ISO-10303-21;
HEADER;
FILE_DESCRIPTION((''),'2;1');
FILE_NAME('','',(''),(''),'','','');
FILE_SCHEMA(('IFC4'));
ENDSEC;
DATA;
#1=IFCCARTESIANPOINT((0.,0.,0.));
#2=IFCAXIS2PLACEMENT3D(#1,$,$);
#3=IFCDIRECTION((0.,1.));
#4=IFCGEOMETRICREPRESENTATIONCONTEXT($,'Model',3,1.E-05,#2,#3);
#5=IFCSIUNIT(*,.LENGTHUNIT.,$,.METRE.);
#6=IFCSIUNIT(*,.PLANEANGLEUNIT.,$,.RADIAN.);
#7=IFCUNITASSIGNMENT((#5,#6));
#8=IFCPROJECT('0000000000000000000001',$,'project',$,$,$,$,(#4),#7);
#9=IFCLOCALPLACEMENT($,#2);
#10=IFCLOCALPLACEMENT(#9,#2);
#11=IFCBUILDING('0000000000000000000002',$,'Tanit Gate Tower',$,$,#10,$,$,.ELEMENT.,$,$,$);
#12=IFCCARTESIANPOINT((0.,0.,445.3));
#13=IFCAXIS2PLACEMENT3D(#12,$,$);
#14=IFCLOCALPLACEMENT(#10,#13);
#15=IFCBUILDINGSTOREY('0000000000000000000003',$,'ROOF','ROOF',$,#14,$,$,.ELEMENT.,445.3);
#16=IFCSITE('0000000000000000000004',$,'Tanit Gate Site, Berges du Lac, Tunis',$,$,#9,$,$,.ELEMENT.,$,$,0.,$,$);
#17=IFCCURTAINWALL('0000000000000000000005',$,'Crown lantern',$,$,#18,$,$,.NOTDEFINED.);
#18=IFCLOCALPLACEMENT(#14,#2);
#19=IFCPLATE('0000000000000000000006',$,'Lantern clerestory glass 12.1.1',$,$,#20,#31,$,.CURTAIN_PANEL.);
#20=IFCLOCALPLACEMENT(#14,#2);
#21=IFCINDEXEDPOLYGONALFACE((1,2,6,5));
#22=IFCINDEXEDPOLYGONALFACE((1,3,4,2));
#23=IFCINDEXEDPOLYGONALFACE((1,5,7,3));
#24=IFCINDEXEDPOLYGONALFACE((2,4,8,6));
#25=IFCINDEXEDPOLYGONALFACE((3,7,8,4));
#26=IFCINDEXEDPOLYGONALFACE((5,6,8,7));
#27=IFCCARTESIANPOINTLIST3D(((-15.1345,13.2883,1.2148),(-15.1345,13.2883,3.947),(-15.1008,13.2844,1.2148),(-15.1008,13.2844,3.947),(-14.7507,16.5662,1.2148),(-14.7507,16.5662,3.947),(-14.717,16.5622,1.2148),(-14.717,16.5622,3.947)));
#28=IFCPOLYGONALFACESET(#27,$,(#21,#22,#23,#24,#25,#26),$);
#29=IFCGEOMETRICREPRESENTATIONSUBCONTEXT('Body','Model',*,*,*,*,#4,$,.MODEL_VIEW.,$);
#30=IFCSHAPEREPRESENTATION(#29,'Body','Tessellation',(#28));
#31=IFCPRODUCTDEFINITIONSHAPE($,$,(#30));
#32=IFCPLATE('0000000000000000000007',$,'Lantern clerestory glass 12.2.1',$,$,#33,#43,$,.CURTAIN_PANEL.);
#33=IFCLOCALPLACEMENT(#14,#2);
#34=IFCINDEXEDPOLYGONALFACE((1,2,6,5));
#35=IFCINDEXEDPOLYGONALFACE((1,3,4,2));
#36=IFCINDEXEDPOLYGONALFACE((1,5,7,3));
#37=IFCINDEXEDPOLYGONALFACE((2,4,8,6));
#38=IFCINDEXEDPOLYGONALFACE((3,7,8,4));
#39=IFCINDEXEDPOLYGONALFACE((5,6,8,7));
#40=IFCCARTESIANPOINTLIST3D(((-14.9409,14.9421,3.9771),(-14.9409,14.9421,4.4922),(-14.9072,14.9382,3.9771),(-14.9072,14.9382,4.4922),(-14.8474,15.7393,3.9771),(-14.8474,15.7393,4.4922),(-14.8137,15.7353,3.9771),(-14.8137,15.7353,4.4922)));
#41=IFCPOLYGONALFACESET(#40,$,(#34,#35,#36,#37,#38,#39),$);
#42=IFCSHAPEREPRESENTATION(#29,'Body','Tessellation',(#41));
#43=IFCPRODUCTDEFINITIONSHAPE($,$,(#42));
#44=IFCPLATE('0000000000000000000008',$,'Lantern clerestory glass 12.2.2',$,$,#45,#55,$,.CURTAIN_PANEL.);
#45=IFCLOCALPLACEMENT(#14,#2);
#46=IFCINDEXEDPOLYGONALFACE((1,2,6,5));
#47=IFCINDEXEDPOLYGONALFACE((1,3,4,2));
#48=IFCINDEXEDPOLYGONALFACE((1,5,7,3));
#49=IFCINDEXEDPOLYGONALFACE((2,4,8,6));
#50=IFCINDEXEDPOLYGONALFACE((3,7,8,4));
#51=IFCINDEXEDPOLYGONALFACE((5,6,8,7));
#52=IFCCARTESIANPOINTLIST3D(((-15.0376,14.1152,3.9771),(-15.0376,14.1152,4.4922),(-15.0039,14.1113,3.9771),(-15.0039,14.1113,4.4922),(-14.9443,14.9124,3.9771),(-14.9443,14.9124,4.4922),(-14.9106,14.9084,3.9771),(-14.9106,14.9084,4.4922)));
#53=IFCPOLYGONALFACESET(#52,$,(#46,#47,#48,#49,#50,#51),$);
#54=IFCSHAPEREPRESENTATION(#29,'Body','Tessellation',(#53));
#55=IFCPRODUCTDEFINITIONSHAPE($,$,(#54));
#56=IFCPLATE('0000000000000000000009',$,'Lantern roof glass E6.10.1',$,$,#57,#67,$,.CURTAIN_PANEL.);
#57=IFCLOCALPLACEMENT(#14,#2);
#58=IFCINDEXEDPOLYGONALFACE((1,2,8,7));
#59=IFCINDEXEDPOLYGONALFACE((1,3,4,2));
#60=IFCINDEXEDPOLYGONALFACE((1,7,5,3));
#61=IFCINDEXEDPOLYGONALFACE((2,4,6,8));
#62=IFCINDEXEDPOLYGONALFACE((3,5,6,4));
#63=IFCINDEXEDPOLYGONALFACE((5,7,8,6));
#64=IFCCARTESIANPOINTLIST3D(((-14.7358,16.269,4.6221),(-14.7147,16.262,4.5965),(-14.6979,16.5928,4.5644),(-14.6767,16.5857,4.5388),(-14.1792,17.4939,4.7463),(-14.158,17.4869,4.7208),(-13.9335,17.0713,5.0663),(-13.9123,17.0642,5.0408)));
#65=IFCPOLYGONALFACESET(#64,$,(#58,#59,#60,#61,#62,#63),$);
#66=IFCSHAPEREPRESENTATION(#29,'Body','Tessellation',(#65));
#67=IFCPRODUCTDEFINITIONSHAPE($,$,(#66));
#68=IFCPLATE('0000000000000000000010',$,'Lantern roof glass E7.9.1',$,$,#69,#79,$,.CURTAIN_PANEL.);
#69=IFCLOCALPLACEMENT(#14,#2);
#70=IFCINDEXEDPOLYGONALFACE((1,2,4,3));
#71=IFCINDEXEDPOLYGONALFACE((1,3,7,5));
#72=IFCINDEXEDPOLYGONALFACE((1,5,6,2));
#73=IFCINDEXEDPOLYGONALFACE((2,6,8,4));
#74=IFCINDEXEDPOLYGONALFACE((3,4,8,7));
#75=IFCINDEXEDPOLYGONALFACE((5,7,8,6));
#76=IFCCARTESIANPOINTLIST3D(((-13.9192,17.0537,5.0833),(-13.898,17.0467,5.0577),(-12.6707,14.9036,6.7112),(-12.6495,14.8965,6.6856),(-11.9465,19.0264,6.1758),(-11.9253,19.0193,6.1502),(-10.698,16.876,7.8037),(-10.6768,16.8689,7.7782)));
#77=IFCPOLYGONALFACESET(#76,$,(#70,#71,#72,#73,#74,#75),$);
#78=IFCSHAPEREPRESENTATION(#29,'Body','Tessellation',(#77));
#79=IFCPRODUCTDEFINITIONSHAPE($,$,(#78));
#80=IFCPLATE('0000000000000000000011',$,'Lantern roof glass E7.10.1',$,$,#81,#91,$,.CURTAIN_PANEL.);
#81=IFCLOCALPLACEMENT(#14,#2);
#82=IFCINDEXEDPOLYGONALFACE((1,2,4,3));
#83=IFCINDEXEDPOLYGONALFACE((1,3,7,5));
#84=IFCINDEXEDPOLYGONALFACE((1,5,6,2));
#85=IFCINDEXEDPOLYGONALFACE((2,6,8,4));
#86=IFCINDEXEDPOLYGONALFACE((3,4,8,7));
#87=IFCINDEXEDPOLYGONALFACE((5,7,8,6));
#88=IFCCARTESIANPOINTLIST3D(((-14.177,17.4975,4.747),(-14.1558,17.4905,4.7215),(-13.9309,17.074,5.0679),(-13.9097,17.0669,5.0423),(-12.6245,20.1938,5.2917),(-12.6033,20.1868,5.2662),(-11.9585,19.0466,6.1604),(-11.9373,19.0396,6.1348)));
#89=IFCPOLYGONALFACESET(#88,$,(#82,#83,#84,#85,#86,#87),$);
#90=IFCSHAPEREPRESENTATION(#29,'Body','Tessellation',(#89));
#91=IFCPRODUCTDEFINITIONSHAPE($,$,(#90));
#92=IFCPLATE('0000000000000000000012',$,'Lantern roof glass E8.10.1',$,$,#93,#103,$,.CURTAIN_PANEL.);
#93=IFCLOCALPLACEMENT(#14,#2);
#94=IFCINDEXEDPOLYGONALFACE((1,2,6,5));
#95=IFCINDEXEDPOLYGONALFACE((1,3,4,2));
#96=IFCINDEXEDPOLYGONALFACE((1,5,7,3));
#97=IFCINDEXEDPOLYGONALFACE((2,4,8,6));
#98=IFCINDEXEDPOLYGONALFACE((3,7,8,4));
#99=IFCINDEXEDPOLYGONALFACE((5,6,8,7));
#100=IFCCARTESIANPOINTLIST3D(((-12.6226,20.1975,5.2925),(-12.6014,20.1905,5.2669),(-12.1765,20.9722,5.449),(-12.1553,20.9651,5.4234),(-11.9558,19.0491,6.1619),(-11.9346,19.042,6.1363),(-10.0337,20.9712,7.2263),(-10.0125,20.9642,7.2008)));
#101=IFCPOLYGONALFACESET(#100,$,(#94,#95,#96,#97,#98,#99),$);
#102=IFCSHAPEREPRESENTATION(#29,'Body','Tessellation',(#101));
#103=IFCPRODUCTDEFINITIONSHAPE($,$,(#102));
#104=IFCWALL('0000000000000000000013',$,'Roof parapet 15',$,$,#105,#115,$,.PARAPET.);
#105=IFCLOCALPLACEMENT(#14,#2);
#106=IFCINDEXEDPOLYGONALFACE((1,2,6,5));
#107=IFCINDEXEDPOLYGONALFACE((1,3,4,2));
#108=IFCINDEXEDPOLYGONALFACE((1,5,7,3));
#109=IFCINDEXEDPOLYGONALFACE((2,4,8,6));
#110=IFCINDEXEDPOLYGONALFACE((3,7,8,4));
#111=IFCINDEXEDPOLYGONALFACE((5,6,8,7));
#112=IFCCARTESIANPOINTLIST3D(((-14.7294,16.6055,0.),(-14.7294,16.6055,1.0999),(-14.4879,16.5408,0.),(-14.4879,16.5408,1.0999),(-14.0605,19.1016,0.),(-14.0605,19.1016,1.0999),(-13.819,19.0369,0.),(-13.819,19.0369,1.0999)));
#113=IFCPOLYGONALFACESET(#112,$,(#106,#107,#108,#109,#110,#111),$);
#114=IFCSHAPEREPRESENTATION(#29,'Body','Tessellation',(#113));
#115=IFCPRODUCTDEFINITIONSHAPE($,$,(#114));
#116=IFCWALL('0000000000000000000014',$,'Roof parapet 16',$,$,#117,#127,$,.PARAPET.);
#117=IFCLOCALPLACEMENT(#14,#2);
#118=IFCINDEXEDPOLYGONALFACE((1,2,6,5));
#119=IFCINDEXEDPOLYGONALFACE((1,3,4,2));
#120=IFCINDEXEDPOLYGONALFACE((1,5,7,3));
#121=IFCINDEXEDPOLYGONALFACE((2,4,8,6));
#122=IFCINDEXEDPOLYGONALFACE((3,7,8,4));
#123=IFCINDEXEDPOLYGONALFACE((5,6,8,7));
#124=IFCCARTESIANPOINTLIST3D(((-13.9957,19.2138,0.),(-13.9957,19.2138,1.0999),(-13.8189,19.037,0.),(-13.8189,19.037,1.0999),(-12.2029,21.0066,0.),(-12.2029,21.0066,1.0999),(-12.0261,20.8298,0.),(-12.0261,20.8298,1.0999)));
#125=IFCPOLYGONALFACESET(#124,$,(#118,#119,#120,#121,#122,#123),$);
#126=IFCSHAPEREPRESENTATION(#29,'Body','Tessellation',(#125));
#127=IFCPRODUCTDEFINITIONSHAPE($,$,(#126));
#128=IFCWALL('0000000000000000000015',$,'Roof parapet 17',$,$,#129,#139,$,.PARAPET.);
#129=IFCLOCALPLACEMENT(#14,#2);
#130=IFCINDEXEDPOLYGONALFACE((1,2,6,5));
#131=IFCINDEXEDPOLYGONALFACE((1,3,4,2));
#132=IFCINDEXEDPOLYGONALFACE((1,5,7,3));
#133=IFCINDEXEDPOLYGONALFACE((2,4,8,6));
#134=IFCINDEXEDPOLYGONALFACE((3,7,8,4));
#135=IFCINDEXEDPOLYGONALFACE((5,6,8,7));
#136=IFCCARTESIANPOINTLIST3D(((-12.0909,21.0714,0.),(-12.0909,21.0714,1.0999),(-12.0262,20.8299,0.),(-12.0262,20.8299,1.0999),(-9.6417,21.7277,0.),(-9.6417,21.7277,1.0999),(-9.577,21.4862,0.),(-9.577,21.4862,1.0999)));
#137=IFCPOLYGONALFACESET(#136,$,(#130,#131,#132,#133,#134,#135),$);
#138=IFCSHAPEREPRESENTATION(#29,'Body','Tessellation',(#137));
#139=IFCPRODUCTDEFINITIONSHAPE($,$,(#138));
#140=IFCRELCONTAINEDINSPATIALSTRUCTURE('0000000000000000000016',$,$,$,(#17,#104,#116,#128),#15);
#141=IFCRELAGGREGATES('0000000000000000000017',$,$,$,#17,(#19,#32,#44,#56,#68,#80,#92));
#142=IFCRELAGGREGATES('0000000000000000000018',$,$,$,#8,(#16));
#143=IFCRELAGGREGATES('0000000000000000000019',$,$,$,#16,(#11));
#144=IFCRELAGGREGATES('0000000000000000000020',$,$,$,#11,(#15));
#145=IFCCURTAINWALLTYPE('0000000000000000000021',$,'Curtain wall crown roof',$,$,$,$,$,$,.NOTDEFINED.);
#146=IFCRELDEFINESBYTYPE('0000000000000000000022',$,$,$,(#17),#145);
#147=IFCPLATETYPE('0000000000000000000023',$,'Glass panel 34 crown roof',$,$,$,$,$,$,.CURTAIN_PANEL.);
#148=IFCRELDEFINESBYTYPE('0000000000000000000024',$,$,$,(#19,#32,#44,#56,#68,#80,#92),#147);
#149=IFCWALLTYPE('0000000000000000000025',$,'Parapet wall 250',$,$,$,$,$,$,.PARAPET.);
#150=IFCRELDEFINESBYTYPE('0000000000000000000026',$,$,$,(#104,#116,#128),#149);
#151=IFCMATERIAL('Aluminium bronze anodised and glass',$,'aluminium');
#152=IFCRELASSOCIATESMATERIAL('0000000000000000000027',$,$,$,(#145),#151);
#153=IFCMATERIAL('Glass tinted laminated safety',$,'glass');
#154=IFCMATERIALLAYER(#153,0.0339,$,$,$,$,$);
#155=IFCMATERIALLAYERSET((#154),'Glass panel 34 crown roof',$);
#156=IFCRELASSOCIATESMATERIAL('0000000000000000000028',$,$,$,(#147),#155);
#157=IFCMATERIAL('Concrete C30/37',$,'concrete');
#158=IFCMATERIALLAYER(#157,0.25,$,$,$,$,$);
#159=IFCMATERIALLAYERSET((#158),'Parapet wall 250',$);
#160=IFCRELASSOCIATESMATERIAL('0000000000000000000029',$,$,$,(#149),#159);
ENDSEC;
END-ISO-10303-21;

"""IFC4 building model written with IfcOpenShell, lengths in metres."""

from ifc_helpers import new_model, si_unit, direction, frame, frame_2d, origin, place, context, subcontext, project, spatial, polyline, rectangle, outline, extrude, material, layer, layer_set, type_object, element, aggregate, save


model = new_model("IFC4")

# Units and contexts
model_context = context("Model", 3, precision=1e-05, world=origin(), true_north=direction((0.0, 1.0)))
body_context = subcontext(model_context, "Body", "Model", "MODEL_VIEW")
ifc_project = project(units=[si_unit("LENGTHUNIT", "METRE"), si_unit("PLANEANGLEUNIT", "RADIAN")], contexts=[model_context])

# Site, building, storey
site_placement = place(None, origin())
site = spatial("IfcSite", under=ifc_project, at=site_placement, Name="Tanit Gate Site, Berges du Lac, Tunis", CompositionType="ELEMENT", RefElevation=0.0)
building_placement = place(site_placement, origin())
building = spatial("IfcBuilding", under=site, at=building_placement, Name="Tanit Gate Tower", CompositionType="ELEMENT")
storey_placement = place(building_placement, frame((0.0, 0.0, 445.3)))
storey = spatial("IfcBuildingStorey", under=building, at=storey_placement, Name="ROOF", Description="ROOF", CompositionType="ELEMENT", Elevation=445.3)

# Curtain wall, plates
ifc_material_1 = material(Name="Aluminium bronze anodised and glass", Category="aluminium")
curtain_wall_type = type_object("IfcCurtainWallType", Name="Curtain wall crown roof", PredefinedType="NOTDEFINED", material=ifc_material_1)
curtain_wall_placement = place(storey_placement, origin())
curtain_wall = element("IfcCurtainWall", 1, at=curtain_wall_placement, inside=storey, type_object=curtain_wall_type, Name="Crown lantern", PredefinedType="NOTDEFINED")
ifc_material_2 = material(Name="Glass tinted laminated safety", Category="glass")
ifc_layer_1 = layer(ifc_material_2, 0.0339)
ifc_layer_set_1 = layer_set([ifc_layer_1], Name="Glass panel 34 crown roof")
plate_type = type_object("IfcPlateType", Name="Glass panel 34 crown roof", PredefinedType="CURTAIN_PANEL", material=ifc_layer_set_1)
plate_1_placement = place(storey_placement, frame((-14.7507, 16.5662, 1.2148), z_axis=(-0.993215, 0.116292, 0.0), x_axis=(-0.116292, -0.993215, 0.0)))
plate_1 = element("IfcPlate", 2, at=plate_1_placement, type_object=plate_type, Name="Lantern clerestory glass 12.1.1", PredefinedType="CURTAIN_PANEL", context=body_context, shape_type="SweptSolid", body=[
    extrude(outline(polyline([(0.0, 0.0), (3.3002, 0.0), (3.3002, 2.7322), (0.0, 2.7322), (0.0, 0.0)])), origin(), (0.0, 0.0, -1.0), 0.0339),
])
plate_2_placement = place(storey_placement, frame((-14.8474, 15.7393, 3.9771), z_axis=(-0.99319, 0.116506, 0.0), x_axis=(-0.116506, -0.99319, 0.0)))
plate_2 = element("IfcPlate", 3, at=plate_2_placement, type_object=plate_type, Name="Lantern clerestory glass 12.2.1", PredefinedType="CURTAIN_PANEL", context=body_context, shape_type="SweptSolid", body=[
    extrude(outline(polyline([(0.0, 0.0), (0.8026, 0.0), (0.8026, 0.5151), (0.0, 0.5151), (0.0, 0.0)])), origin(), (0.0, 0.0, -1.0), 0.0339),
])
plate_3_placement = place(storey_placement, frame((-14.9443, 14.9124, 3.9771), z_axis=(-0.993225, 0.116206, 0.0), x_axis=(-0.116206, -0.993225, 0.0)))
plate_3 = element("IfcPlate", 4, at=plate_3_placement, type_object=plate_type, Name="Lantern clerestory glass 12.2.2", PredefinedType="CURTAIN_PANEL", context=body_context, shape_type="SweptSolid", body=[
    extrude(outline(polyline([(0.0, 0.0), (0.8026, 0.0), (0.8026, 0.5151), (0.0, 0.5151), (0.0, 0.0)])), origin(), (0.0, 0.0, -1.0), 0.0339),
])
plate_4_placement = place(storey_placement, frame((-14.7358, 16.269, 4.6221), z_axis=(-0.62434, 0.207325, 0.753138), x_axis=(0.658463, 0.658396, 0.364611)))
plate_4 = element("IfcPlate", 5, at=plate_4_placement, type_object=plate_type, Name="Lantern roof glass E6.10.1", PredefinedType="CURTAIN_PANEL", context=body_context, shape_type="SweptSolid", body=[
    extrude(outline(polyline([(0.0, 0.0), (1.2185, 0.0), (1.2183, 0.5843), (0.2171, 0.2499), (0.0, 0.0)])), origin(), (0.0, 0.0, -1.0), 0.0339),
])
plate_5_placement = place(storey_placement, frame((-11.9465, 19.0264, 6.1758), z_axis=(-0.624482, 0.207467, 0.75298), x_axis=(-0.658422, -0.658415, -0.364649)))
plate_5 = element("IfcPlate", 6, at=plate_5_placement, type_object=plate_type, Name="Lantern roof glass E7.9.1", PredefinedType="CURTAIN_PANEL", context=body_context, shape_type="SweptSolid", body=[
    extrude(outline(polyline([(0.0, 0.0), (2.9961, 0.0), (2.9961, 2.9719), (0.0002, 2.9721), (0.0, 0.0)])), origin(), (0.0, 0.0, -1.0), 0.0339),
])
plate_6_placement = place(storey_placement, frame((-13.9309, 17.074, 5.0679), z_axis=(-0.62454, 0.207487, 0.752926), x_axis=(0.65838, 0.658449, 0.364664)))
plate_6 = element("IfcPlate", 7, at=plate_6_placement, type_object=plate_type, Name="Lantern roof glass E7.10.1", PredefinedType="CURTAIN_PANEL", context=body_context, shape_type="SweptSolid", body=[
    extrude(outline(polyline([(0.0, 0.0), (2.9959, 0.0), (2.996, 1.5856), (-0.0001, 0.5856), (0.0, 0.0)])), origin(), (0.0, 0.0, -1.0), 0.0339),
])
plate_7_placement = place(storey_placement, frame((-11.9558, 19.0491, 6.1619), z_axis=(-0.624471, 0.207466, 0.75299), x_axis=(0.658422, 0.658425, 0.364633)))
plate_7 = element("IfcPlate", 8, at=plate_7_placement, type_object=plate_type, Name="Lantern roof glass E8.10.1", PredefinedType="CURTAIN_PANEL", context=body_context, shape_type="SweptSolid", body=[
    extrude(outline(polyline([(0.0, 0.0), (2.9193, 0.0), (0.861, 1.8746), (0.0002, 1.5872), (0.0, 0.0)])), origin(), (0.0, 0.0, -1.0), 0.0339),
])
aggregate(curtain_wall, [plate_1, plate_2, plate_3, plate_4, plate_5, plate_6, plate_7])

# Walls
ifc_material_3 = material(Name="Concrete C30/37", Category="concrete")
ifc_layer_2 = layer(ifc_material_3, 0.25)
ifc_layer_set_2 = layer_set([ifc_layer_2], Name="Parapet wall 250")
wall_type = type_object("IfcWallType", Name="Parapet wall 250", PredefinedType="PARAPET", material=ifc_layer_set_2)
wall_1_placement = place(storey_placement, frame((-14.6086, 16.5732, 0.0), z_axis=(0.0, 0.0, 1.0), x_axis=(0.258862, 0.965914, 0.0)))
element("IfcWall", 9, at=wall_1_placement, inside=storey, type_object=wall_type, Name="Roof parapet 15", PredefinedType="PARAPET", context=body_context, shape_type="SweptSolid", body=[
    extrude(rectangle(XDim=2.5842, YDim=0.25, at=frame_2d((1.292, 0.0))), origin(), (0.0, 0.0, 1.0), 1.0999),
])
wall_2_placement = place(storey_placement, frame((-13.9072, 19.1255, 0.0), z_axis=(0.0, 0.0, 1.0), x_axis=(0.707107, 0.707107, 0.0)))
element("IfcWall", 10, at=wall_2_placement, inside=storey, type_object=wall_type, Name="Roof parapet 16", PredefinedType="PARAPET", context=body_context, shape_type="SweptSolid", body=[
    extrude(rectangle(XDim=2.5354, YDim=0.25, at=frame_2d((1.2676, 0.0))), origin(), (0.0, 0.0, 1.0), 1.0999),
])
wall_3_placement = place(storey_placement, frame((-12.0586, 20.9507, 0.0), z_axis=(0.0, 0.0, 1.0), x_axis=(0.965927, 0.258813, 0.0)))
element("IfcWall", 11, at=wall_3_placement, inside=storey, type_object=wall_type, Name="Roof parapet 17", PredefinedType="PARAPET", context=body_context, shape_type="SweptSolid", body=[
    extrude(rectangle(XDim=2.5356, YDim=0.25, at=frame_2d((1.2678, 0.0))), origin(), (0.0, 0.0, 1.0), 1.0999),
])

save(model, "model.ifc")
